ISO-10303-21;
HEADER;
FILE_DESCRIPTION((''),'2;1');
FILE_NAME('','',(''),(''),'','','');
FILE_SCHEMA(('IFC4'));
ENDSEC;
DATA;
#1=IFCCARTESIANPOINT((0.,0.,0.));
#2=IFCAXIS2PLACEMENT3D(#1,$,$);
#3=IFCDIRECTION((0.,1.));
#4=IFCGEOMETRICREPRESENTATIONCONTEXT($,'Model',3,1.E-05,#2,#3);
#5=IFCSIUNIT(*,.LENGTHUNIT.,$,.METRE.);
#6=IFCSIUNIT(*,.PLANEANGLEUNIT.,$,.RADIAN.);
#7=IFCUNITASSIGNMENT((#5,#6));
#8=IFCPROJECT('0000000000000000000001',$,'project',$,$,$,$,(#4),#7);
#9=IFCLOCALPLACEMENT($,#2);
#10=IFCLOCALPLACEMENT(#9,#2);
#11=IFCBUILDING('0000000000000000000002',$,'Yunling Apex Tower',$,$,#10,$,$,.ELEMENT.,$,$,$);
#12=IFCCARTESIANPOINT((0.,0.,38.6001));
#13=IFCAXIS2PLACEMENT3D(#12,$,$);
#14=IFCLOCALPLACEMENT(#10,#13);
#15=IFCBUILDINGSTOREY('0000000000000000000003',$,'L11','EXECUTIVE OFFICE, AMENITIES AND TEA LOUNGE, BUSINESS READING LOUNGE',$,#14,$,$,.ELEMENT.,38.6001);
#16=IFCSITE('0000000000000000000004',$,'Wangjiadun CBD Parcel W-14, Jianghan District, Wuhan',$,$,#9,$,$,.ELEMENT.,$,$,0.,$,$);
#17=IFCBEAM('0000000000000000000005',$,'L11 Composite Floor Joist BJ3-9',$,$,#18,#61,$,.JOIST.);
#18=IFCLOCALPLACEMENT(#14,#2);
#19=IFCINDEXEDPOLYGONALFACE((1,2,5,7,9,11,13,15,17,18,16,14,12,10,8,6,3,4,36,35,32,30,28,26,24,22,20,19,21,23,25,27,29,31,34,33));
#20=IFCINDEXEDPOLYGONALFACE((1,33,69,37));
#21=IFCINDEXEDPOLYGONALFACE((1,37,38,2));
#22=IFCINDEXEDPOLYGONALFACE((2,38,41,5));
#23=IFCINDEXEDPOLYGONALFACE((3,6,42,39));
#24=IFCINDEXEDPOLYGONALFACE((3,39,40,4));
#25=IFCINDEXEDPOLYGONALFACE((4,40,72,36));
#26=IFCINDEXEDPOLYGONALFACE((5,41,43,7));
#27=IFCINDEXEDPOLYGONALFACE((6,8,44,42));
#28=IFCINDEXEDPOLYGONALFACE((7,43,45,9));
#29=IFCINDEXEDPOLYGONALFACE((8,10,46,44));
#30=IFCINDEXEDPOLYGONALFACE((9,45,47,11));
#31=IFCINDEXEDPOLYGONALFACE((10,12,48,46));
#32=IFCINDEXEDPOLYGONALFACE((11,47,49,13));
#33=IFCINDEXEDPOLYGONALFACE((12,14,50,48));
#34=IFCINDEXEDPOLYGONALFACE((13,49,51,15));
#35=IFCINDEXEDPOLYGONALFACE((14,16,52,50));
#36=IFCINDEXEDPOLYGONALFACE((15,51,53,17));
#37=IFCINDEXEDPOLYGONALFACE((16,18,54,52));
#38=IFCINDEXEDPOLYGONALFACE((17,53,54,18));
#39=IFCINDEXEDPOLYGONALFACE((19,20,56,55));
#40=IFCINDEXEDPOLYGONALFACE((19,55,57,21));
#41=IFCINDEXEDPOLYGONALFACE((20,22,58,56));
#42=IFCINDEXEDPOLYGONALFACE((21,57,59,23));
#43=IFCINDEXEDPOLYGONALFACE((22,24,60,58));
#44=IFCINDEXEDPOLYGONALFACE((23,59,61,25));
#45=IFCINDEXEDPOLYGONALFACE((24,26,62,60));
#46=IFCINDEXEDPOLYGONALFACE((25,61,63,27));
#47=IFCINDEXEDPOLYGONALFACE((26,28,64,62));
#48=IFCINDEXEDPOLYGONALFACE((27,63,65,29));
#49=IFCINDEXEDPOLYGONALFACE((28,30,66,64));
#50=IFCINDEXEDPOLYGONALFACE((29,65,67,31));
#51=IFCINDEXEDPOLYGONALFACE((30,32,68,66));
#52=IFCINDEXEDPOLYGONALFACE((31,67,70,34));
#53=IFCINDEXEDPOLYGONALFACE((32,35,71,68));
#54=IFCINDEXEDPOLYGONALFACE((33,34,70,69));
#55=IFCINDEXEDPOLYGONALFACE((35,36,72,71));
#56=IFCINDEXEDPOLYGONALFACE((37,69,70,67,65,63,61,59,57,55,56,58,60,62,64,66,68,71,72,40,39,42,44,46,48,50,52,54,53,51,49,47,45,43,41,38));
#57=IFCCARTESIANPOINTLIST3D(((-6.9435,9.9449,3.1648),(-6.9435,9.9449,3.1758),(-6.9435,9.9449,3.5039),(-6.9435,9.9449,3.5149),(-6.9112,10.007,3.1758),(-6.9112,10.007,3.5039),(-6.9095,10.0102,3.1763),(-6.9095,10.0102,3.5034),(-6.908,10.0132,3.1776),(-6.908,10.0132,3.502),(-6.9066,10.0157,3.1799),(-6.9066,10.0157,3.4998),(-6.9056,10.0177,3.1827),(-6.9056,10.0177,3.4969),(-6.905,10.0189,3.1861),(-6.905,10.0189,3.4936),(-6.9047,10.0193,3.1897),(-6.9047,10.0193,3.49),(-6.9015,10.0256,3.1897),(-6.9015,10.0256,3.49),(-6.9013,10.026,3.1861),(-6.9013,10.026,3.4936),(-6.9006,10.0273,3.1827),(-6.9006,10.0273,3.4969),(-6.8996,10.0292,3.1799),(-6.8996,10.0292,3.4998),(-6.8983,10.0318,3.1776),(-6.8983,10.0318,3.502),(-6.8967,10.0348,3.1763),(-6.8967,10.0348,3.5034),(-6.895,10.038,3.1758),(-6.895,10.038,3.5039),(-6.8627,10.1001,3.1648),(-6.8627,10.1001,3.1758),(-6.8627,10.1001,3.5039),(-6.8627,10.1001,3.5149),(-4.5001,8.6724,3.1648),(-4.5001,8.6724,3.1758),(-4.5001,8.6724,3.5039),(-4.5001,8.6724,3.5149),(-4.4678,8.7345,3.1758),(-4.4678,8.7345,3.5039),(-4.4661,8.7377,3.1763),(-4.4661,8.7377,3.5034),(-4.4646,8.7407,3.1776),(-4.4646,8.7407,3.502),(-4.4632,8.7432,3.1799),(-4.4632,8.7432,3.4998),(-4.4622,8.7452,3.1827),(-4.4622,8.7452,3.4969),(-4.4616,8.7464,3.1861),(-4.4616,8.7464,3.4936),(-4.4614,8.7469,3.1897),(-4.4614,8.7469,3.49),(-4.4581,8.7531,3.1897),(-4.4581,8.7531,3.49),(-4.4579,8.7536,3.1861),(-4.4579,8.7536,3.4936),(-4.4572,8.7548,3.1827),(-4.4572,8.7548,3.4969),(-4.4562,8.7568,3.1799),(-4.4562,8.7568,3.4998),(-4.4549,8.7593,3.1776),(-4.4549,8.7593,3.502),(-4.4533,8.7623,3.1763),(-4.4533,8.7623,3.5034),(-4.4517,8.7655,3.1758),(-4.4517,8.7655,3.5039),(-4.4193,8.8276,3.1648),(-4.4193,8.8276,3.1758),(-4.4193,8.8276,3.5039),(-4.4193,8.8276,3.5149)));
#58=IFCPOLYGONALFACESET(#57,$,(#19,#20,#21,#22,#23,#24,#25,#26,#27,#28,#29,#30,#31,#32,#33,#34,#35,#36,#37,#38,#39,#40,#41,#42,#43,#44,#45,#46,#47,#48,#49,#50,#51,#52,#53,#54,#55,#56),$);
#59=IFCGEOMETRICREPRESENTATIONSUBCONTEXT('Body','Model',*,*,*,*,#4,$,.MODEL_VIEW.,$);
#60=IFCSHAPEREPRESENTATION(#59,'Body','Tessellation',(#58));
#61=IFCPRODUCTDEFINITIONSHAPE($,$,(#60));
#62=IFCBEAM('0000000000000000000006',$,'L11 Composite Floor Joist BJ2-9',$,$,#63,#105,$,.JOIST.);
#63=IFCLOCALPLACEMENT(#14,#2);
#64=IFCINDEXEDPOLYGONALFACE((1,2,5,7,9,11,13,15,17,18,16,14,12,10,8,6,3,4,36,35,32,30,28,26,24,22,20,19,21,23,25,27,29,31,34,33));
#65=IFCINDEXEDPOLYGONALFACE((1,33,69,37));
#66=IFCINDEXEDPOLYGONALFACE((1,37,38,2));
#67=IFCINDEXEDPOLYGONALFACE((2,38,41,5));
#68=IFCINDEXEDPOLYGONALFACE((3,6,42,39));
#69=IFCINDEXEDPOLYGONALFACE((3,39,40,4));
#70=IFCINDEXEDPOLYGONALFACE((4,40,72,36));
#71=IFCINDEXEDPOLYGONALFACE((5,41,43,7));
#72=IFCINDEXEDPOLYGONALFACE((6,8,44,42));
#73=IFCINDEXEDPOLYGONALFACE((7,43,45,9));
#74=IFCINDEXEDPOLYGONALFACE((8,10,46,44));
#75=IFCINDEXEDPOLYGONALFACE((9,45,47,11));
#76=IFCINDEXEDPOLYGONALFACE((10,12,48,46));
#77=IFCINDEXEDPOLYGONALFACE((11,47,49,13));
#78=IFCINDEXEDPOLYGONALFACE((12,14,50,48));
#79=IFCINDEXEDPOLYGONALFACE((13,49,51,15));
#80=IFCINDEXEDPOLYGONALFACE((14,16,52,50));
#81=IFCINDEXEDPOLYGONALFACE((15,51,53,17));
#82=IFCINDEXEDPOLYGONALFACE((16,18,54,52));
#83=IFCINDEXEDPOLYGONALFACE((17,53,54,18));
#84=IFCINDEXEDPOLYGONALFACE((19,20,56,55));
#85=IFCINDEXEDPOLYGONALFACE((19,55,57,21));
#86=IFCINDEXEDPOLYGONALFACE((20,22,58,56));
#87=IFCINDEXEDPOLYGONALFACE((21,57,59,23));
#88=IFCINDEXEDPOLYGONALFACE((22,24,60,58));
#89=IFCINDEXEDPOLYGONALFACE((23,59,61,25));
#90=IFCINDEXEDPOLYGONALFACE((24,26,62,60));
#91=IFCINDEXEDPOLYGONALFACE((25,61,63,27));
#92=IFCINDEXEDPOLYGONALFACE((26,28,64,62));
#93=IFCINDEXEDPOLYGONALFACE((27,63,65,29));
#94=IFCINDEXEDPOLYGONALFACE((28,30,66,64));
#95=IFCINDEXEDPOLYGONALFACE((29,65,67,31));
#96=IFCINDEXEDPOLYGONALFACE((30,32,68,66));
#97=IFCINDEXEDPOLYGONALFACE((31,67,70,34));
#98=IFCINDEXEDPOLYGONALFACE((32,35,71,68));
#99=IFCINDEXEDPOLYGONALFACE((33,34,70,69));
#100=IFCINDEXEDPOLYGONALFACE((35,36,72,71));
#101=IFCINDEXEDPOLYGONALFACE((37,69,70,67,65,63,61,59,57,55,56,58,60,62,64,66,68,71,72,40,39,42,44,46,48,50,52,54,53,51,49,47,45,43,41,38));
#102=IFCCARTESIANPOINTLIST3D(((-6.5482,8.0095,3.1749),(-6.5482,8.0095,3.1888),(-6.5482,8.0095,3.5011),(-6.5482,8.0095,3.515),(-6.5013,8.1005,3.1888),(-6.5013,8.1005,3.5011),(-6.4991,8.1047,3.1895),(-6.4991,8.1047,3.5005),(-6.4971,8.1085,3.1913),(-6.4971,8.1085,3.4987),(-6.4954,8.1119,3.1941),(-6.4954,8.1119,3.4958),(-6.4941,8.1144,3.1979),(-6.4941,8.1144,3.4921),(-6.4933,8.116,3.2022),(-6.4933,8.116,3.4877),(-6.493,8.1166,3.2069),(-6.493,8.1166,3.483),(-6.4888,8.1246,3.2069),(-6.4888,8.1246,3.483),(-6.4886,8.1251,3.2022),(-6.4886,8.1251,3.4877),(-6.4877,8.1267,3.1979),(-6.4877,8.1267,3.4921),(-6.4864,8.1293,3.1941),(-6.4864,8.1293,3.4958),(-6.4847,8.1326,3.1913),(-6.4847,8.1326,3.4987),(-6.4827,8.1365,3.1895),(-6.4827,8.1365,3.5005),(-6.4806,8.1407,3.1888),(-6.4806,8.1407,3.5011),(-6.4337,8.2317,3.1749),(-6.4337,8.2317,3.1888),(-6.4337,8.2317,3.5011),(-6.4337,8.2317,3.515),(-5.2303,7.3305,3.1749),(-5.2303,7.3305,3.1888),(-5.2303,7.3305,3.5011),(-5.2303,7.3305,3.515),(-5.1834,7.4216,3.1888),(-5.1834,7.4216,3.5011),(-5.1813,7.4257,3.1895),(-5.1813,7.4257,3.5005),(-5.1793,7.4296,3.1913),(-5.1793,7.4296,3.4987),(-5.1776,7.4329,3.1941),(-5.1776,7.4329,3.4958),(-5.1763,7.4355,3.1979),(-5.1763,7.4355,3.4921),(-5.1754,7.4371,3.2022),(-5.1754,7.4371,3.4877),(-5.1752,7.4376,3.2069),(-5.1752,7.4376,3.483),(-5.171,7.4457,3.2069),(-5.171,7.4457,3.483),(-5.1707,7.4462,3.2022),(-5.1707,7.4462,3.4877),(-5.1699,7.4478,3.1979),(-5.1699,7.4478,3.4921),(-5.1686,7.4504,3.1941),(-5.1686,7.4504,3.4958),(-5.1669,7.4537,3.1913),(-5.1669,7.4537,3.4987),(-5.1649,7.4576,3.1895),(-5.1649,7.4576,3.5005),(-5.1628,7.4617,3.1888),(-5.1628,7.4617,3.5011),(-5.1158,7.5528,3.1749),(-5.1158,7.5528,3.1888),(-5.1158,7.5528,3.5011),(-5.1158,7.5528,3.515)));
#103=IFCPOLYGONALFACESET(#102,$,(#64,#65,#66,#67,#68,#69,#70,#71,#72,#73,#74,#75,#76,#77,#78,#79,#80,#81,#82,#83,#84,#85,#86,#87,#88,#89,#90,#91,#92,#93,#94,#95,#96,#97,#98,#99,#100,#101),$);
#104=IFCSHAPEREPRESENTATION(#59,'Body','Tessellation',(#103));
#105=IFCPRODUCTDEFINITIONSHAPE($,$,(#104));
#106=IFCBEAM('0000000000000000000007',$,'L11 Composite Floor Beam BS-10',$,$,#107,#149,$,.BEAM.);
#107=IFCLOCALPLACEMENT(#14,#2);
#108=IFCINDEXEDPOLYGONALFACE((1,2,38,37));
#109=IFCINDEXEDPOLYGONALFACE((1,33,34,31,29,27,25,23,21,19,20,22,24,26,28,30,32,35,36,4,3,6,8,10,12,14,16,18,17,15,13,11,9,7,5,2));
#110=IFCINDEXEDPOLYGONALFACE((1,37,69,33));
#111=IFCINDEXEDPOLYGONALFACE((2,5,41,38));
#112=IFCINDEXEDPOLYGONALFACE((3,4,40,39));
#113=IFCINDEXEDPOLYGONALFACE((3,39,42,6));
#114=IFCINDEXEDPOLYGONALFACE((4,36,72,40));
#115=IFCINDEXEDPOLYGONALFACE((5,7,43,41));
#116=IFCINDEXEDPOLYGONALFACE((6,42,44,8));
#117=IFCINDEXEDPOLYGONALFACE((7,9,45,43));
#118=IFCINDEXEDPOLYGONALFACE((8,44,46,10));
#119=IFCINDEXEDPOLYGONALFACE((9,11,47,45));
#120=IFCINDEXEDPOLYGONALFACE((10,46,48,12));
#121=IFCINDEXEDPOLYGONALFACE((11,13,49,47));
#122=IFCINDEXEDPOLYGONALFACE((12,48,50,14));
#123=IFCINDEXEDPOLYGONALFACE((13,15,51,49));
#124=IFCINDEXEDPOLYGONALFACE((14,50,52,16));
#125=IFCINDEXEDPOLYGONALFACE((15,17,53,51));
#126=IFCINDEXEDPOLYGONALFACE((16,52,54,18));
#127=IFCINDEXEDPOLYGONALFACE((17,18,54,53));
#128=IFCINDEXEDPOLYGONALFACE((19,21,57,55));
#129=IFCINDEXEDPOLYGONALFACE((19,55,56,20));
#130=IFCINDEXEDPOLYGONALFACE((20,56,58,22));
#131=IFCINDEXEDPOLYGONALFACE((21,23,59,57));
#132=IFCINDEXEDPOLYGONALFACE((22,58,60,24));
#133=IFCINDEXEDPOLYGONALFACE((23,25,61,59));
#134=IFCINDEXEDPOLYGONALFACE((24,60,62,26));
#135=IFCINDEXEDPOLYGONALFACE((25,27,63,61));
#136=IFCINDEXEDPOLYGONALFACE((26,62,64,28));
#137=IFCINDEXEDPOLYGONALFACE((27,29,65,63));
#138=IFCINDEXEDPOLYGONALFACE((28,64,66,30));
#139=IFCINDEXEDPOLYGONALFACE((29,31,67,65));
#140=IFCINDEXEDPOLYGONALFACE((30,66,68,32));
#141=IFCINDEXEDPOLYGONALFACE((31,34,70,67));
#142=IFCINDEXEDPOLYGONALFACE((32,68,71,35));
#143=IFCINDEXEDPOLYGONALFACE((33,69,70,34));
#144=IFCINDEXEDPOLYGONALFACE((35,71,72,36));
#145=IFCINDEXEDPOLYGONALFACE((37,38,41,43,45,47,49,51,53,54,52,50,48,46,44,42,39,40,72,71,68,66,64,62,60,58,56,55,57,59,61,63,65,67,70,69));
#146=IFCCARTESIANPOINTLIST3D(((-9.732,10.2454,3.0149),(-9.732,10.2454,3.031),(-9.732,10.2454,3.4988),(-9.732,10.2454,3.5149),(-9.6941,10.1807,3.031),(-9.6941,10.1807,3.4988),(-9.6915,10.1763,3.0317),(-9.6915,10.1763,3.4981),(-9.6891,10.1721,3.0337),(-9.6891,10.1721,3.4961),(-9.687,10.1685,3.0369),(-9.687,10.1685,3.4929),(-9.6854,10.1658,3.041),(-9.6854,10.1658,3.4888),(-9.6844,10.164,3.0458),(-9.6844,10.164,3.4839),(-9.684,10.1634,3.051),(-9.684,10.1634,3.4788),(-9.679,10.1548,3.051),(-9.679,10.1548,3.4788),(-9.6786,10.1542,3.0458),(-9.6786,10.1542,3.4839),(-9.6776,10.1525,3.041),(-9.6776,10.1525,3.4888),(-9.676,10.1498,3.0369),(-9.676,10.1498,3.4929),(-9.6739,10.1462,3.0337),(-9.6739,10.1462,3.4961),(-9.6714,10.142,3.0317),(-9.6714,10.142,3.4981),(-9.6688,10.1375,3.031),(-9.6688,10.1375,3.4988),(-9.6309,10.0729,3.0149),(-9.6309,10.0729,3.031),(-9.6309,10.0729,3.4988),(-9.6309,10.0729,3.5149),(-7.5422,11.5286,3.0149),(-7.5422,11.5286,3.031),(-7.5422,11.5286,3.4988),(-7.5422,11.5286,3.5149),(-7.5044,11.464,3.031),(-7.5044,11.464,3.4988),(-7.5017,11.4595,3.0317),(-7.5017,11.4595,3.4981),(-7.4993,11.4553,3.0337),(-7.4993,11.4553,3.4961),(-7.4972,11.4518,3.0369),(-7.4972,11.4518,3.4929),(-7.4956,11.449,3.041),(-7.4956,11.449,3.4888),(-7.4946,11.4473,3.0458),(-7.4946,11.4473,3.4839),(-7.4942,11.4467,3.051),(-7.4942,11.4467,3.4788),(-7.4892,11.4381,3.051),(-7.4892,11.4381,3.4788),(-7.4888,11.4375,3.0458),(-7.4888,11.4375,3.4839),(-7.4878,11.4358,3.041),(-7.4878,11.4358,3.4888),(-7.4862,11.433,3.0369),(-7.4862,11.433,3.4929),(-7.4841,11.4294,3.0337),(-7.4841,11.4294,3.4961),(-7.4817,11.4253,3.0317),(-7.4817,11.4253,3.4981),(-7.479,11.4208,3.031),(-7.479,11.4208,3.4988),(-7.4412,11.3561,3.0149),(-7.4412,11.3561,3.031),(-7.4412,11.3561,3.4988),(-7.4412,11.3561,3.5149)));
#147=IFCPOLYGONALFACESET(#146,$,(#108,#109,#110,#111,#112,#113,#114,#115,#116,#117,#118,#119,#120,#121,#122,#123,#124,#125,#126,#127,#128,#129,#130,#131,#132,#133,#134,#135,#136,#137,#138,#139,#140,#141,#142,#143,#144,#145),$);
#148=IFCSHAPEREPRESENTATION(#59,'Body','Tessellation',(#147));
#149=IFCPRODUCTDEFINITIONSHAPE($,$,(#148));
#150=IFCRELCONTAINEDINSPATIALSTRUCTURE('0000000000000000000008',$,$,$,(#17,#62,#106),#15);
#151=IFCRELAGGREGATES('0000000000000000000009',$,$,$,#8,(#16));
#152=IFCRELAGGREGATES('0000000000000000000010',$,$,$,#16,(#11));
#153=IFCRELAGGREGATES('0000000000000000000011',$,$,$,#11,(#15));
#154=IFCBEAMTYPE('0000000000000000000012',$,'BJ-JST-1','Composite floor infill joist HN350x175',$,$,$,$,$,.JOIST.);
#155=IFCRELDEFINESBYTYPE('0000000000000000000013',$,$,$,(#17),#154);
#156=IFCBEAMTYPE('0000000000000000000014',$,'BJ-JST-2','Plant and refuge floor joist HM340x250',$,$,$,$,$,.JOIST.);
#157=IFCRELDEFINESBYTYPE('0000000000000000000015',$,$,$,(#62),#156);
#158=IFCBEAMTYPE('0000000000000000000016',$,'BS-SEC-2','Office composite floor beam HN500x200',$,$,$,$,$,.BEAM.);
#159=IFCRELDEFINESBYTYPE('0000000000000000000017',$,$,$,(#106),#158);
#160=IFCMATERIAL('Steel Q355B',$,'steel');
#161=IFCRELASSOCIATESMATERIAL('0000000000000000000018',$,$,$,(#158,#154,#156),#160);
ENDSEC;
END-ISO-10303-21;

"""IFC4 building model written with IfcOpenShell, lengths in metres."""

from ifc_helpers import new_model, si_unit, direction, frame, origin, origin_2d, place, context, subcontext, project, spatial, i_section, extrude, source, transform, mapped, material, material_profile, profile_set, type_object, element, save


model = new_model("IFC4")

# Units and contexts
model_context = context("Model", 3, precision=1e-05, world=origin(), true_north=direction((0.0, 1.0)))
body_context = subcontext(model_context, "Body", "Model", "MODEL_VIEW")
ifc_project = project(units=[si_unit("LENGTHUNIT", "METRE"), si_unit("PLANEANGLEUNIT", "RADIAN")], contexts=[model_context])

# Site, building, storey
site_placement = place(None, origin())
site = spatial("IfcSite", under=ifc_project, at=site_placement, Name="Wangjiadun CBD Parcel W-14, Jianghan District, Wuhan", CompositionType="ELEMENT", RefElevation=0.0)
building_placement = place(site_placement, origin())
building = spatial("IfcBuilding", under=site, at=building_placement, Name="Yunling Apex Tower", CompositionType="ELEMENT")
storey_placement = place(building_placement, frame((0.0, 0.0, 38.6001)))
storey = spatial("IfcBuildingStorey", under=building, at=storey_placement, Name="L11", Description="EXECUTIVE OFFICE, AMENITIES AND TEA LOUNGE, BUSINESS READING LOUNGE", CompositionType="ELEMENT", Elevation=38.6001)

# Beams
ifc_material_1 = material(Name="Steel Q355B", Category="steel")
ifc_material_profile_1 = material_profile(ifc_material_1, i_section(OverallWidth=0.2, OverallDepth=0.5, WebThickness=0.01, FlangeThickness=0.0161, FilletRadius=0.02, at=origin_2d()))
ifc_profile_set_1 = profile_set([ifc_material_profile_1], Name="Steel Q355B")
beam_type_1 = type_object("IfcBeamType", Name="BS-SEC-2", Description="Office composite floor beam HN500x200", PredefinedType="BEAM", material=ifc_profile_set_1)
ifc_material_profile_2 = material_profile(ifc_material_1, i_section(OverallWidth=0.175, OverallDepth=0.3501, WebThickness=0.0071, FlangeThickness=0.011, FilletRadius=0.0139, at=origin_2d()))
ifc_profile_set_2 = profile_set([ifc_material_profile_2], Name="Steel Q355B")
beam_type_2 = type_object("IfcBeamType", Name="BJ-JST-1", Description="Composite floor infill joist HN350x175", PredefinedType="JOIST", material=ifc_profile_set_2)
shared_shape_1 = source(origin(), body_context, "Body", "SweptSolid", [
    extrude(i_section(OverallWidth=0.175, OverallDepth=0.3501, WebThickness=0.0071, FlangeThickness=0.011, FilletRadius=0.0139, at=origin_2d()), origin(), (0.0, 0.0, 1.0), 2.7549),
])
beam_1_placement = place(storey_placement, frame((-4.4597, 8.75, 3.3398), z_axis=(-0.886932, 0.4619, 0.0), x_axis=(-0.4619, -0.886932, 0.0)))
element("IfcBeam", 1, at=beam_1_placement, inside=storey, type_object=beam_type_2, Name="L11 Composite Floor Joist BJ3-9", PredefinedType="JOIST", context=body_context, shape_type="MappedRepresentation", body=[
    mapped(shared_shape_1, transform((0.0, 0.0, 0.0), scale=1.0)),
])
ifc_material_profile_3 = material_profile(ifc_material_1, i_section(OverallWidth=0.25, OverallDepth=0.3401, WebThickness=0.009, FlangeThickness=0.0139, FilletRadius=0.0181, at=origin_2d()))
ifc_profile_set_3 = profile_set([ifc_material_profile_3], Name="Steel Q355B")
beam_type_3 = type_object("IfcBeamType", Name="BJ-JST-2", Description="Plant and refuge floor joist HM340x250", PredefinedType="JOIST", material=ifc_profile_set_3)
shared_shape_2 = source(origin(), body_context, "Body", "SweptSolid", [
    extrude(i_section(OverallWidth=0.25, OverallDepth=0.3401, WebThickness=0.009, FlangeThickness=0.0139, FilletRadius=0.0181, at=origin_2d()), origin(), (0.0, 0.0, 1.0), 1.4824),
])
beam_2_placement = place(storey_placement, frame((-5.1731, 7.4417, 3.345), z_axis=(-0.88896, 0.457984, 0.0), x_axis=(-0.457984, -0.88896, 0.0)))
element("IfcBeam", 2, at=beam_2_placement, inside=storey, type_object=beam_type_3, Name="L11 Composite Floor Joist BJ2-9", PredefinedType="JOIST", context=body_context, shape_type="MappedRepresentation", body=[
    mapped(shared_shape_2, transform((0.0, 0.0, 0.0), scale=1.0)),
])
shared_shape_3 = source(origin(), body_context, "Body", "SweptSolid", [
    extrude(i_section(OverallWidth=0.2, OverallDepth=0.5, WebThickness=0.01, FlangeThickness=0.0161, FilletRadius=0.02, at=origin_2d()), origin(), (0.0, 0.0, 1.0), 2.5381),
])
beam_3_placement = place(storey_placement, frame((-7.4917, 11.4424, 3.2649), z_axis=(-0.862769, -0.505599, 0.0), x_axis=(0.505599, -0.862769, 0.0)))
element("IfcBeam", 3, at=beam_3_placement, inside=storey, type_object=beam_type_1, Name="L11 Composite Floor Beam BS-10", PredefinedType="BEAM", context=body_context, shape_type="MappedRepresentation", body=[
    mapped(shared_shape_3, transform((0.0, 0.0, 0.0), scale=1.0)),
])

save(model, "model.ifc")
